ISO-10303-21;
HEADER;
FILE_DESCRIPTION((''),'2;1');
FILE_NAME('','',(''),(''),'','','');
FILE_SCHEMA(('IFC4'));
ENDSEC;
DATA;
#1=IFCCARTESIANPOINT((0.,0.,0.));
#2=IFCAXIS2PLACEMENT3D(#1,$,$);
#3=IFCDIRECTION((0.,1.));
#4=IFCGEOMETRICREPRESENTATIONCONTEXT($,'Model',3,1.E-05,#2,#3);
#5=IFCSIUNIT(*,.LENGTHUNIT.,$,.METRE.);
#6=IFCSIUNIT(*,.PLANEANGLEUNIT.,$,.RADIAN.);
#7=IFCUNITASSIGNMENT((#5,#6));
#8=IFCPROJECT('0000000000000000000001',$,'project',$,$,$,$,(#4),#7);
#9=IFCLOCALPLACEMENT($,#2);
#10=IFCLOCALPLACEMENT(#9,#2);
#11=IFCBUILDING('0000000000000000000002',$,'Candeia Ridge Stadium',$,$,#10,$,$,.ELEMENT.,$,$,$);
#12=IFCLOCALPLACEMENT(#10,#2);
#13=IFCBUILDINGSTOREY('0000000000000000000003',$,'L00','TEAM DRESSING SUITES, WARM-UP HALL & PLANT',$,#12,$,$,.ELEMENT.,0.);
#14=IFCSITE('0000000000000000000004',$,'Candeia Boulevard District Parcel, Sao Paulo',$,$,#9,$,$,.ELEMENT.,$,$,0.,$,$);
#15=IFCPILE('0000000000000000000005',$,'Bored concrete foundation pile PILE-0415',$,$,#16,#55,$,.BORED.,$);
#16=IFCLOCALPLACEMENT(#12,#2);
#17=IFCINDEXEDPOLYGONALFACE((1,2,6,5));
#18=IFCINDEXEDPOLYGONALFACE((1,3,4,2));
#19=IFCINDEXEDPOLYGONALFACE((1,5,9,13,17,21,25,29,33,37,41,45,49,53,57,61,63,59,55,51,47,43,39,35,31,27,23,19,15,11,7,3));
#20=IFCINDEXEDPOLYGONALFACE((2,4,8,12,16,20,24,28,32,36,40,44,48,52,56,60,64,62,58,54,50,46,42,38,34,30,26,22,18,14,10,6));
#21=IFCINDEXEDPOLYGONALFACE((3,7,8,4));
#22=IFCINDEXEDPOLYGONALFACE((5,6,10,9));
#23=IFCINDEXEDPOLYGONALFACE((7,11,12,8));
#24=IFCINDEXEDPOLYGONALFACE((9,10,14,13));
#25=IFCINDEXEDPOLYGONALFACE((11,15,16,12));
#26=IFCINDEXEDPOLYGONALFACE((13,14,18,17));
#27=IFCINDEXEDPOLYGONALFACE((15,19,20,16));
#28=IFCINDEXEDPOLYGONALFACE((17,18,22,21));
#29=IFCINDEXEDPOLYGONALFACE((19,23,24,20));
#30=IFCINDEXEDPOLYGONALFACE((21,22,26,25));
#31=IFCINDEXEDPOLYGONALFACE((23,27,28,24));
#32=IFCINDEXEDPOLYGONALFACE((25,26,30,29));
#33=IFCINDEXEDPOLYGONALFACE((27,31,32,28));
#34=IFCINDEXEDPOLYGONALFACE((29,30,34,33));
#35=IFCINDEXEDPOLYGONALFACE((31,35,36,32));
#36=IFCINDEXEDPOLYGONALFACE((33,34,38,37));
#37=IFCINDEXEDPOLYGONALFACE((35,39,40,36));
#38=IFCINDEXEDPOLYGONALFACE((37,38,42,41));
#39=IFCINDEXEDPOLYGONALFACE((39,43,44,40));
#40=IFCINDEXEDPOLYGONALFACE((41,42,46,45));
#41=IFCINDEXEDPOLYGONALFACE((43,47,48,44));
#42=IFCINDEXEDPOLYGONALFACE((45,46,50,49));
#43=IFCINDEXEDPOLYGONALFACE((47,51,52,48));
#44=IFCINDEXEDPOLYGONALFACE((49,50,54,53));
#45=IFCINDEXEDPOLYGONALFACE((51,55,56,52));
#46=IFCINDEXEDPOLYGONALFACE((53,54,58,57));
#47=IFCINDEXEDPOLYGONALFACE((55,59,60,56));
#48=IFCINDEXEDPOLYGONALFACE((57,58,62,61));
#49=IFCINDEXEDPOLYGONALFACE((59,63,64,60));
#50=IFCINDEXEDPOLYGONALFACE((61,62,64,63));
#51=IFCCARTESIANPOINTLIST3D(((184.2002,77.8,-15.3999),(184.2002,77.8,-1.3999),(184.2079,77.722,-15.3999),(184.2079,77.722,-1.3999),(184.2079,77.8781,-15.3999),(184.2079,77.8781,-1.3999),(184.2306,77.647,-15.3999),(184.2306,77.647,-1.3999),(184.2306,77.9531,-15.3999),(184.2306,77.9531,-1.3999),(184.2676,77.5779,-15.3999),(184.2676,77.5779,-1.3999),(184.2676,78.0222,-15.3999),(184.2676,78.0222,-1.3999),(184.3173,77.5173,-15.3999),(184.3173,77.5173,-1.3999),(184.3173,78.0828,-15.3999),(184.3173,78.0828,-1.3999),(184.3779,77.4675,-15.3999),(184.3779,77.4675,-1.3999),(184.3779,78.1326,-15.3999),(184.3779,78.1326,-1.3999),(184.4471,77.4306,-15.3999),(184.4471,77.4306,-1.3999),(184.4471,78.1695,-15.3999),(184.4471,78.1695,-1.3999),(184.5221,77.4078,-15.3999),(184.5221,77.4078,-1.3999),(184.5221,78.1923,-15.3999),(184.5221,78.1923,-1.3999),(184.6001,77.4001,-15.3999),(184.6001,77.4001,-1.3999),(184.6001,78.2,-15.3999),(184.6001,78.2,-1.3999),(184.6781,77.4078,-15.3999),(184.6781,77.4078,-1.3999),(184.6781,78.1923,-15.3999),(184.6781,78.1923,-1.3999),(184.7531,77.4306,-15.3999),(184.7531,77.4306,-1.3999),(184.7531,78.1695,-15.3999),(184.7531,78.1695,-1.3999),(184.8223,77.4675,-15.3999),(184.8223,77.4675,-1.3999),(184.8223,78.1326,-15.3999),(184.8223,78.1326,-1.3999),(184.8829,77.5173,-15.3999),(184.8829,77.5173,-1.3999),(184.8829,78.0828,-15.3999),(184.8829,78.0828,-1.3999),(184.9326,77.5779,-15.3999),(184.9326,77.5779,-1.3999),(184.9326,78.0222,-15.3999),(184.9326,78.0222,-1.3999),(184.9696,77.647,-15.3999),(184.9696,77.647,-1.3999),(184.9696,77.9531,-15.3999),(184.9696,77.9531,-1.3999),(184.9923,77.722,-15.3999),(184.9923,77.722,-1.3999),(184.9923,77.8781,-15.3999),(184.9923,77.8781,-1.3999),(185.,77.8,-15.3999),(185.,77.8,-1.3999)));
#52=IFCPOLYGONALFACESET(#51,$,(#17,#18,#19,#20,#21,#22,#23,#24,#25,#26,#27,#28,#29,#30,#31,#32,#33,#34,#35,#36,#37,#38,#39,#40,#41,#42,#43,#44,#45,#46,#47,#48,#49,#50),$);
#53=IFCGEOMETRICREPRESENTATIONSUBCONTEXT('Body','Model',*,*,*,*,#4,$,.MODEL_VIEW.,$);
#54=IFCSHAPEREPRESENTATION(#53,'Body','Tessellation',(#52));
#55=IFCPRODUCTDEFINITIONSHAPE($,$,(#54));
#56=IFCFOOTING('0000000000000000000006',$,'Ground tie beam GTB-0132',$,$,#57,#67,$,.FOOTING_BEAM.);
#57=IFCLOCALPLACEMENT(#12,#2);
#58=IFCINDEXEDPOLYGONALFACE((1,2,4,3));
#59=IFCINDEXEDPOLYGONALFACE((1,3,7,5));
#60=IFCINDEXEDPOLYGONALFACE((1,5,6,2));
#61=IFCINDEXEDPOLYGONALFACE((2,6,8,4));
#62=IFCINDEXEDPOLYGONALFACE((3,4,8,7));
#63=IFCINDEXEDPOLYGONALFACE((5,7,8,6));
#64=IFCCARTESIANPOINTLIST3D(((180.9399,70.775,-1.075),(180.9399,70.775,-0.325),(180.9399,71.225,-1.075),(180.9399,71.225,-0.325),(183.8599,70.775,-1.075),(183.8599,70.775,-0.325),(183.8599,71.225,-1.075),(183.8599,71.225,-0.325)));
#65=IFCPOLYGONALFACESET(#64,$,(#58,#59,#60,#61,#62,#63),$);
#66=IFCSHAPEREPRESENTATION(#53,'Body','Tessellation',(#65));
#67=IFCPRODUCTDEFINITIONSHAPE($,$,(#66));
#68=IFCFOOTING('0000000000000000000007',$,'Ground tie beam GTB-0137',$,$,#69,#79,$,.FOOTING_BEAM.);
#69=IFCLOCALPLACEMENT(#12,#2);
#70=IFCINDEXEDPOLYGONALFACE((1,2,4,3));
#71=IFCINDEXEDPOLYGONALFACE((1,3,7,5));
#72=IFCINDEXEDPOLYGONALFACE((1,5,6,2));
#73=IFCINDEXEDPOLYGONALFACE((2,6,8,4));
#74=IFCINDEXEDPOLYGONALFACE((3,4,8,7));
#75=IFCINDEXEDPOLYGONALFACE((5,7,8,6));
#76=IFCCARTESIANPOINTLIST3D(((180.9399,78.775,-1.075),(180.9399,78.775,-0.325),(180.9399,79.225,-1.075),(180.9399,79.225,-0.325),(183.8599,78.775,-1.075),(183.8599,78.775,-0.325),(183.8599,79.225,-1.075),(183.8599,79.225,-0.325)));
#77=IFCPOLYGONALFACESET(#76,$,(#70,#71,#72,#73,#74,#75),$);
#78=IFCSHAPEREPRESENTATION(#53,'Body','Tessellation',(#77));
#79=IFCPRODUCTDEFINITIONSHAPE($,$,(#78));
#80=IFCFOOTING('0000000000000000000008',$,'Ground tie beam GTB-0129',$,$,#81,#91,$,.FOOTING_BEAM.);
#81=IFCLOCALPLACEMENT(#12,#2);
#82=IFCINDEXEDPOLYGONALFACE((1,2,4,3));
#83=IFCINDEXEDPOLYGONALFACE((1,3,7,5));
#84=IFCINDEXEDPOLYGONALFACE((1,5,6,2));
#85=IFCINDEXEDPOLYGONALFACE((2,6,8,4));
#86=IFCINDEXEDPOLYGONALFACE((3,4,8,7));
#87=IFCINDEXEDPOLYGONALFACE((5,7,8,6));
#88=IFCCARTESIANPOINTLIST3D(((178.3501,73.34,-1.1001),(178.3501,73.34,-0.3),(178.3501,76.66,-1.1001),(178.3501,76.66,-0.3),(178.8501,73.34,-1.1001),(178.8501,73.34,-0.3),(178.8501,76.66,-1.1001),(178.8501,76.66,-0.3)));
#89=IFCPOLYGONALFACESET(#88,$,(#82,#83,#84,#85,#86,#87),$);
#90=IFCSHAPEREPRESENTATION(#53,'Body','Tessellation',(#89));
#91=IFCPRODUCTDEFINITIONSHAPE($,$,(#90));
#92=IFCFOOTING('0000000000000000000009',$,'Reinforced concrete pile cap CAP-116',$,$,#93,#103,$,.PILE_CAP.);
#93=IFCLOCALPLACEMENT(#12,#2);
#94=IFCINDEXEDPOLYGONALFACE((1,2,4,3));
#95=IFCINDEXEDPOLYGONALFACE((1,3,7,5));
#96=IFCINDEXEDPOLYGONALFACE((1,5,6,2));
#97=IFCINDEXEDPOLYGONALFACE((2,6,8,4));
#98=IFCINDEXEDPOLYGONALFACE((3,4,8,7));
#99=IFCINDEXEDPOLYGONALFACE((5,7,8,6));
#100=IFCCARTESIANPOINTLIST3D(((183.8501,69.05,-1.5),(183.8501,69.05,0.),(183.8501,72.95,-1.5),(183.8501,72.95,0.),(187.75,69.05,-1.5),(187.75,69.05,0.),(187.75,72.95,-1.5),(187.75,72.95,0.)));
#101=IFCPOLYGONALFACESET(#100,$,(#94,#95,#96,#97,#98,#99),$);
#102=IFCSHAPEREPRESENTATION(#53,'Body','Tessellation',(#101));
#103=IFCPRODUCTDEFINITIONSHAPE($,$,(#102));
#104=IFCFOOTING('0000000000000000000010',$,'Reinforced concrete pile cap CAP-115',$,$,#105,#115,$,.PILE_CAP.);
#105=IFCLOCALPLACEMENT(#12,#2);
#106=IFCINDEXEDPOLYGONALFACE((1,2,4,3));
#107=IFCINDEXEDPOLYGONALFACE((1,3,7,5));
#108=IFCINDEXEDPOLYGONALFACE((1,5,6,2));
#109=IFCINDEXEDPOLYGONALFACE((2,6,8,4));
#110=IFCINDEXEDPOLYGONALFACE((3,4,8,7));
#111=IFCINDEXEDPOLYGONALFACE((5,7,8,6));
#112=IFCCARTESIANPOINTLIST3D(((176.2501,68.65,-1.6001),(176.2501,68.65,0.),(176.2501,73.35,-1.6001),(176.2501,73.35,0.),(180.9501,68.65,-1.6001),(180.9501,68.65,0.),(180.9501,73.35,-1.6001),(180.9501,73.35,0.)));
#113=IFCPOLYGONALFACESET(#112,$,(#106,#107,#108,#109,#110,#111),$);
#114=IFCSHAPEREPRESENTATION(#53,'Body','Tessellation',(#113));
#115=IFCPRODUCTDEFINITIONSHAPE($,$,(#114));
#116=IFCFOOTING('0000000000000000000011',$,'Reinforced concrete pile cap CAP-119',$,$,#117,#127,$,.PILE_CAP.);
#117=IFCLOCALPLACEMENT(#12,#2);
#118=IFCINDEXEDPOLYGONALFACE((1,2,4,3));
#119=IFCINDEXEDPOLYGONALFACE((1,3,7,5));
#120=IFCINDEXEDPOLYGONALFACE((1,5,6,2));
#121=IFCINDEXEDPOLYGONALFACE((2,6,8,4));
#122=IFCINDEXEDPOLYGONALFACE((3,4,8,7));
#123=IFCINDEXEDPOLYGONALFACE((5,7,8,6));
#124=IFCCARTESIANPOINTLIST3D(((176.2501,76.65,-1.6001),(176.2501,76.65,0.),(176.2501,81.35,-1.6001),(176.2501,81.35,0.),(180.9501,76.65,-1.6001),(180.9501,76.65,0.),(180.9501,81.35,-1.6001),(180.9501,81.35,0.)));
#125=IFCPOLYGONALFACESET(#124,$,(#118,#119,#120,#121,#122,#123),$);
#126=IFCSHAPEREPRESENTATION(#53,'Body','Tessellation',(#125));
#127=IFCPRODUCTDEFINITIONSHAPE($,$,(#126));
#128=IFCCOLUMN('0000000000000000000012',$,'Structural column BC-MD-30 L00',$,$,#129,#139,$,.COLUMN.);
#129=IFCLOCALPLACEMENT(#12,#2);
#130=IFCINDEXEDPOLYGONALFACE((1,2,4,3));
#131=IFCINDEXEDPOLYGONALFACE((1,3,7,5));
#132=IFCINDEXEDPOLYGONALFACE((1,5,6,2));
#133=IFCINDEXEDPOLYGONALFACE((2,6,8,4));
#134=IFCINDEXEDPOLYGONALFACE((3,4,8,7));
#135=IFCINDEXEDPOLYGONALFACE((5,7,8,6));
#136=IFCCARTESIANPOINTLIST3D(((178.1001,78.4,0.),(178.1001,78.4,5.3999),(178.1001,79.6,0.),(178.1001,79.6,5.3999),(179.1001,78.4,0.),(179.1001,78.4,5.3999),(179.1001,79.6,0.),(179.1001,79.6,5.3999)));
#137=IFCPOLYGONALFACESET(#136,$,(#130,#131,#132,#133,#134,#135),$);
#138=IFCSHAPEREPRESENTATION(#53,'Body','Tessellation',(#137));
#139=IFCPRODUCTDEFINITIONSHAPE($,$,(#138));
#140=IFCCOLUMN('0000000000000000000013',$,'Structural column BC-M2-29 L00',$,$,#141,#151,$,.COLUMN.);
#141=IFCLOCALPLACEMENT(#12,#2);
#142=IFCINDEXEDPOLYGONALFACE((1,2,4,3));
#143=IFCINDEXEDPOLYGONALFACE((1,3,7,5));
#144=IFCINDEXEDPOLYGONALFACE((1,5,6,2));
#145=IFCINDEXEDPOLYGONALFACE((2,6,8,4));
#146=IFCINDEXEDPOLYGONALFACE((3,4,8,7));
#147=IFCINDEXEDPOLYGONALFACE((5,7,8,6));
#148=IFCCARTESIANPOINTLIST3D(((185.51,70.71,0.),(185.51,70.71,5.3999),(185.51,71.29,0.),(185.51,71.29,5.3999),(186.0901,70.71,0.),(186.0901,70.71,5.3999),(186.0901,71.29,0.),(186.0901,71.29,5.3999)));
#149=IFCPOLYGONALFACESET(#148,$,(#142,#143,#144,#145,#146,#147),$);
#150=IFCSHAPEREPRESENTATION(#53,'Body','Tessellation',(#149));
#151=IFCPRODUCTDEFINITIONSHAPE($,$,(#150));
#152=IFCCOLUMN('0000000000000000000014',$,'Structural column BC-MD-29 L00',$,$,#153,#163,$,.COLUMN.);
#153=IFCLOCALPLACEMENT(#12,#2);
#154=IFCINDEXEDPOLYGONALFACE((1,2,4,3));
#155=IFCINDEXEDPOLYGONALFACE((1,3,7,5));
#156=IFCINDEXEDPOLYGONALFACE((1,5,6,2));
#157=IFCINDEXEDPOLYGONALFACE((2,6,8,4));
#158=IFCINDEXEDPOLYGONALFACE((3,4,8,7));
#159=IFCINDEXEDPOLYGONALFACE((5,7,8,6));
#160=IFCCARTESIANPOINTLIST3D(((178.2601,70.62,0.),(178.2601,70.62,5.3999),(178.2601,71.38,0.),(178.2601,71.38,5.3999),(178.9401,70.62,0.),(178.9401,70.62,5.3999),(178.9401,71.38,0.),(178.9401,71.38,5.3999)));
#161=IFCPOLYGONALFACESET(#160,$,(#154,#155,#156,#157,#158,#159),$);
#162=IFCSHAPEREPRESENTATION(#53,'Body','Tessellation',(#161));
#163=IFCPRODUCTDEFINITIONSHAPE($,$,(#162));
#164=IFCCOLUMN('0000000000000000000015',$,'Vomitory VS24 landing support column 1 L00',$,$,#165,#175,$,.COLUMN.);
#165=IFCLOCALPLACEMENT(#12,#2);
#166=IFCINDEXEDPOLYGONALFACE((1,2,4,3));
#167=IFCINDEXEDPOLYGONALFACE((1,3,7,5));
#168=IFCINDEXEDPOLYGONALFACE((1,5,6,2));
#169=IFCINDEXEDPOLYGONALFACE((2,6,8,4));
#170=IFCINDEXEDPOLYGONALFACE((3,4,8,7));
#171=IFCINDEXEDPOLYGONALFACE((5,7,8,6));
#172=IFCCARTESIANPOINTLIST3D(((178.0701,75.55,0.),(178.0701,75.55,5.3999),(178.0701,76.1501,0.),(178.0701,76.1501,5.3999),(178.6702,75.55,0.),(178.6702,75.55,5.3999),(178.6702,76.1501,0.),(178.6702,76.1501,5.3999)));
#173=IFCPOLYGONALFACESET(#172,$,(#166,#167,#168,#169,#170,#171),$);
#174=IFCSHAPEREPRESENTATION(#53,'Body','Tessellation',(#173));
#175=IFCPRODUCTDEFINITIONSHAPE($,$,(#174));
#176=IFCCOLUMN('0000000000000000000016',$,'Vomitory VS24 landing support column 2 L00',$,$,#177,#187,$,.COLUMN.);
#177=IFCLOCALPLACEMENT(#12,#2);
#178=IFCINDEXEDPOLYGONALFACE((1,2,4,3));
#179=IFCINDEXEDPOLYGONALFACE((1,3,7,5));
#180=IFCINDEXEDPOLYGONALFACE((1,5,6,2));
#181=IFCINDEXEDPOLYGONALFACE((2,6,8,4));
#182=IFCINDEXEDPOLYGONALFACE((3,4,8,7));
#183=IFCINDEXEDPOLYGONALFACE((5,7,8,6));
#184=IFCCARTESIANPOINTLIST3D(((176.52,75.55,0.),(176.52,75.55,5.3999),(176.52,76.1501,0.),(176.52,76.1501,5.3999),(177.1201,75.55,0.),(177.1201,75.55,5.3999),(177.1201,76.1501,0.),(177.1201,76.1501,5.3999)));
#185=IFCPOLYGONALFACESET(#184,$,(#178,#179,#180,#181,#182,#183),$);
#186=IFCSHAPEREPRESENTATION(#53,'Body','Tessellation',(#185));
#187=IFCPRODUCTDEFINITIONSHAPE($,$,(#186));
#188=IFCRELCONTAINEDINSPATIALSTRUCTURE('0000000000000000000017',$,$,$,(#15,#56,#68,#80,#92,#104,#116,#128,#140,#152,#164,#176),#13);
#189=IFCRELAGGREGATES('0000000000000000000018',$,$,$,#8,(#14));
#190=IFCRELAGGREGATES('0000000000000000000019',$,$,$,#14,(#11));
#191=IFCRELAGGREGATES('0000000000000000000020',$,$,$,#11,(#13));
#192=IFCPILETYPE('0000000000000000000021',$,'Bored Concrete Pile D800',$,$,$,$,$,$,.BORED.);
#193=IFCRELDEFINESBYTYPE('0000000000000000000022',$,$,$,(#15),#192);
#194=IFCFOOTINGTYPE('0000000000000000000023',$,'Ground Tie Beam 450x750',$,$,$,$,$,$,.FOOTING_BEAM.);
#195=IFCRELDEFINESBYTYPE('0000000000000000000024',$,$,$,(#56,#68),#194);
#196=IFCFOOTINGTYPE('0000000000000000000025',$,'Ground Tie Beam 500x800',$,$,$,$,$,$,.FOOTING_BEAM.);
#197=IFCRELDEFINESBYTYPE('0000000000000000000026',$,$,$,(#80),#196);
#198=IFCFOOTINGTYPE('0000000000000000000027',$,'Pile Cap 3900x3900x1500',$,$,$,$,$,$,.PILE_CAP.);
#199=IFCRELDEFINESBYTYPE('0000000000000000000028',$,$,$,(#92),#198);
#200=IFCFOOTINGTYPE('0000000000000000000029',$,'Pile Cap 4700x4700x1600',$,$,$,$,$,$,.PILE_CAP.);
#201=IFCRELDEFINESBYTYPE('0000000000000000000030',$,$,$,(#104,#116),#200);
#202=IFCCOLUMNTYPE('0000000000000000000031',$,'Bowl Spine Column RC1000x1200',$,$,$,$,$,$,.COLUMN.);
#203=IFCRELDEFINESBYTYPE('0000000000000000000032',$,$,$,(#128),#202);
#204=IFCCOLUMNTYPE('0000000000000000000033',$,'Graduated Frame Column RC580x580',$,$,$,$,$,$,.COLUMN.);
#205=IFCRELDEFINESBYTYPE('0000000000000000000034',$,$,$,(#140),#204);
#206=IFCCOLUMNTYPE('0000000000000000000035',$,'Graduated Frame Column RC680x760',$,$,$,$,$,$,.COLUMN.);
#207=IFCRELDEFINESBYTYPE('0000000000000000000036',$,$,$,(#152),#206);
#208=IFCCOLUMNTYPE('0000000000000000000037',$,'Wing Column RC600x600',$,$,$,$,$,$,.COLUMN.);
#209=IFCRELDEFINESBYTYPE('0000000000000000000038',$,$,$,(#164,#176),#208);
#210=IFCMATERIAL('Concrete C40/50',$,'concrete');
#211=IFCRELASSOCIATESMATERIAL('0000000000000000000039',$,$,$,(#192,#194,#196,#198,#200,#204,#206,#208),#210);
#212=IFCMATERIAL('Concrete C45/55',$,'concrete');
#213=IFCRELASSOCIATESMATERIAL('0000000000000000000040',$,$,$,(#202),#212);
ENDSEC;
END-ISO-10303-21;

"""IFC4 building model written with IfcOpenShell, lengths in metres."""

from ifc_helpers import new_model, si_unit, direction, frame, origin, origin_2d, place, context, subcontext, project, spatial, rectangle, circle, extrude, material, material_profile, profile_set, type_object, element, save


model = new_model("IFC4")

# Units and contexts
model_context = context("Model", 3, precision=1e-05, world=origin(), true_north=direction((0.0, 1.0)))
body_context = subcontext(model_context, "Body", "Model", "MODEL_VIEW")
ifc_project = project(units=[si_unit("LENGTHUNIT", "METRE"), si_unit("PLANEANGLEUNIT", "RADIAN")], contexts=[model_context])

# Site, building, storey
site_placement = place(None, origin())
site = spatial("IfcSite", under=ifc_project, at=site_placement, Name="Candeia Boulevard District Parcel, Sao Paulo", CompositionType="ELEMENT", RefElevation=0.0)
building_placement = place(site_placement, origin())
building = spatial("IfcBuilding", under=site, at=building_placement, Name="Candeia Ridge Stadium", CompositionType="ELEMENT")
storey_placement = place(building_placement, origin())
storey = spatial("IfcBuildingStorey", under=building, at=storey_placement, Name="L00", Description="TEAM DRESSING SUITES, WARM-UP HALL & PLANT", CompositionType="ELEMENT", Elevation=0.0)

# Pile
ifc_material_1 = material(Name="Concrete C40/50", Category="concrete")
ifc_material_profile_1 = material_profile(ifc_material_1, circle(Radius=0.3999, at=origin_2d()), Name="PILE-D800", Category="concrete")
ifc_profile_set_1 = profile_set([ifc_material_profile_1], Name="Concrete C40/50")
pile_type_1 = type_object("IfcPileType", Name="Bored Concrete Pile D800", PredefinedType="BORED", material=ifc_profile_set_1)
for number, where, z_axis, x_axis, name in (
    (1, (184.6001, 77.8, -1.3999), (0.0, 0.0, -1.0), (1.0, 0.0, 0.0), "Bored concrete foundation pile PILE-0415"),
):
    element("IfcPile", number, at=place(storey_placement, frame(where, z_axis=z_axis, x_axis=x_axis)), inside=storey, type_object=pile_type_1, Name=name, PredefinedType="BORED", context=body_context, shape_type="SweptSolid", body=[
        extrude(circle(Radius=0.3999, at=origin_2d()), origin(), (0.0, 0.0, 1.0), 14.0),
    ])

# Footings
footing_type_1 = type_object("IfcFootingType", Name="Ground Tie Beam 450x750", PredefinedType="FOOTING_BEAM", material=ifc_material_1)
for number, where, z_axis, x_axis, name in (
    (2, (182.3999, 71.0, -1.075), (0.0, 0.0, 1.0), (1.0, 0.0, 0.0), "Ground tie beam GTB-0132"),
    (3, (182.3999, 79.0, -1.075), (0.0, 0.0, 1.0), (1.0, 0.0, 0.0), "Ground tie beam GTB-0137"),
):
    element("IfcFooting", number, at=place(storey_placement, frame(where, z_axis=z_axis, x_axis=x_axis)), inside=storey, type_object=footing_type_1, Name=name, PredefinedType="FOOTING_BEAM", context=body_context, shape_type="SweptSolid", body=[
        extrude(rectangle(XDim=2.9199, YDim=0.45, at=origin_2d()), origin(), (0.0, 0.0, 1.0), 0.75),
    ])
footing_type_2 = type_object("IfcFootingType", Name="Ground Tie Beam 500x800", PredefinedType="FOOTING_BEAM", material=ifc_material_1)
footing_1_placement = place(storey_placement, frame((178.6001, 75.0, -1.1001), z_axis=(0.0, 0.0, 1.0), x_axis=(0.0, 1.0, 0.0)))
element("IfcFooting", 4, at=footing_1_placement, inside=storey, type_object=footing_type_2, Name="Ground tie beam GTB-0129", PredefinedType="FOOTING_BEAM", context=body_context, shape_type="SweptSolid", body=[
    extrude(rectangle(XDim=3.3201, YDim=0.5, at=origin_2d()), origin(), (0.0, 0.0, 1.0), 0.8),
])
footing_type_3 = type_object("IfcFootingType", Name="Pile Cap 3900x3900x1500", PredefinedType="PILE_CAP", material=ifc_material_1)
footing_2_placement = place(storey_placement, frame((185.8, 71.0, -1.5), z_axis=(0.0, 0.0, 1.0), x_axis=(1.0, 0.0, 0.0)))
element("IfcFooting", 5, at=footing_2_placement, inside=storey, type_object=footing_type_3, Name="Reinforced concrete pile cap CAP-116", PredefinedType="PILE_CAP", context=body_context, shape_type="SweptSolid", body=[
    extrude(rectangle(XDim=3.8999, YDim=3.8999, at=origin_2d()), origin(), (0.0, 0.0, 1.0), 1.5),
])
footing_type_4 = type_object("IfcFootingType", Name="Pile Cap 4700x4700x1600", PredefinedType="PILE_CAP", material=ifc_material_1)
for number, where, z_axis, x_axis, name in (
    (6, (178.6001, 71.0, -1.6001), (0.0, 0.0, 1.0), (1.0, 0.0, 0.0), "Reinforced concrete pile cap CAP-115"),
    (7, (178.6001, 79.0, -1.6001), (0.0, 0.0, 1.0), (1.0, 0.0, 0.0), "Reinforced concrete pile cap CAP-119"),
):
    element("IfcFooting", number, at=place(storey_placement, frame(where, z_axis=z_axis, x_axis=x_axis)), inside=storey, type_object=footing_type_4, Name=name, PredefinedType="PILE_CAP", context=body_context, shape_type="SweptSolid", body=[
        extrude(rectangle(XDim=4.7, YDim=4.7, at=origin_2d()), origin(), (0.0, 0.0, 1.0), 1.6001),
    ])

# Columns
ifc_material_2 = material(Name="Concrete C45/55", Category="concrete")
ifc_material_profile_2 = material_profile(ifc_material_2, rectangle(XDim=1.0, YDim=1.2, at=origin_2d()), Name="RC1000x1200", Category="concrete")
ifc_profile_set_2 = profile_set([ifc_material_profile_2], Name="Concrete C45/55")
column_type_1 = type_object("IfcColumnType", Name="Bowl Spine Column RC1000x1200", PredefinedType="COLUMN", material=ifc_profile_set_2)
column_1_placement = place(storey_placement, frame((178.6001, 79.0, 0.0), z_axis=(0.0, 0.0, 1.0), x_axis=(1.0, 0.0, 0.0)))
element("IfcColumn", 8, at=column_1_placement, inside=storey, type_object=column_type_1, Name="Structural column BC-MD-30 L00", PredefinedType="COLUMN", context=body_context, shape_type="SweptSolid", body=[
    extrude(rectangle(XDim=1.0, YDim=1.2, at=origin_2d()), origin(), (0.0, 0.0, 1.0), 5.3999),
])
ifc_material_profile_3 = material_profile(ifc_material_1, rectangle(XDim=0.5801, YDim=0.5801, at=origin_2d()), Name="RC580x580", Category="concrete")
ifc_profile_set_3 = profile_set([ifc_material_profile_3], Name="Concrete C40/50")
column_type_2 = type_object("IfcColumnType", Name="Graduated Frame Column RC580x580", PredefinedType="COLUMN", material=ifc_profile_set_3)
column_2_placement = place(storey_placement, frame((185.8, 71.0, 0.0), z_axis=(0.0, 0.0, 1.0), x_axis=(1.0, 0.0, 0.0)))
element("IfcColumn", 9, at=column_2_placement, inside=storey, type_object=column_type_2, Name="Structural column BC-M2-29 L00", PredefinedType="COLUMN", context=body_context, shape_type="SweptSolid", body=[
    extrude(rectangle(XDim=0.5801, YDim=0.5801, at=origin_2d()), origin(), (0.0, 0.0, 1.0), 5.3999),
])
ifc_material_profile_4 = material_profile(ifc_material_1, rectangle(XDim=0.6799, YDim=0.76, at=origin_2d()), Name="RC680x760", Category="concrete")
ifc_profile_set_4 = profile_set([ifc_material_profile_4], Name="Concrete C40/50")
column_type_3 = type_object("IfcColumnType", Name="Graduated Frame Column RC680x760", PredefinedType="COLUMN", material=ifc_profile_set_4)
column_3_placement = place(storey_placement, frame((178.6001, 71.0, 0.0), z_axis=(0.0, 0.0, 1.0), x_axis=(1.0, 0.0, 0.0)))
element("IfcColumn", 10, at=column_3_placement, inside=storey, type_object=column_type_3, Name="Structural column BC-MD-29 L00", PredefinedType="COLUMN", context=body_context, shape_type="SweptSolid", body=[
    extrude(rectangle(XDim=0.6799, YDim=0.76, at=origin_2d()), origin(), (0.0, 0.0, 1.0), 5.3999),
])
ifc_material_profile_5 = material_profile(ifc_material_1, rectangle(XDim=0.6001, YDim=0.6001, at=origin_2d()), Name="RC600x600", Category="concrete")
ifc_profile_set_5 = profile_set([ifc_material_profile_5], Name="Concrete C40/50")
column_type_4 = type_object("IfcColumnType", Name="Wing Column RC600x600", PredefinedType="COLUMN", material=ifc_profile_set_5)
for number, where, z_axis, x_axis, name in (
    (11, (178.3701, 75.8501, 0.0), (0.0, 0.0, 1.0), (1.0, 0.0, 0.0), "Vomitory VS24 landing support column 1 L00"),
    (12, (176.8201, 75.8501, 0.0), (0.0, 0.0, 1.0), (1.0, 0.0, 0.0), "Vomitory VS24 landing support column 2 L00"),
):
    element("IfcColumn", number, at=place(storey_placement, frame(where, z_axis=z_axis, x_axis=x_axis)), inside=storey, type_object=column_type_4, Name=name, PredefinedType="COLUMN", context=body_context, shape_type="SweptSolid", body=[
        extrude(rectangle(XDim=0.6001, YDim=0.6001, at=origin_2d()), origin(), (0.0, 0.0, 1.0), 5.3999),
    ])

save(model, "model.ifc")
